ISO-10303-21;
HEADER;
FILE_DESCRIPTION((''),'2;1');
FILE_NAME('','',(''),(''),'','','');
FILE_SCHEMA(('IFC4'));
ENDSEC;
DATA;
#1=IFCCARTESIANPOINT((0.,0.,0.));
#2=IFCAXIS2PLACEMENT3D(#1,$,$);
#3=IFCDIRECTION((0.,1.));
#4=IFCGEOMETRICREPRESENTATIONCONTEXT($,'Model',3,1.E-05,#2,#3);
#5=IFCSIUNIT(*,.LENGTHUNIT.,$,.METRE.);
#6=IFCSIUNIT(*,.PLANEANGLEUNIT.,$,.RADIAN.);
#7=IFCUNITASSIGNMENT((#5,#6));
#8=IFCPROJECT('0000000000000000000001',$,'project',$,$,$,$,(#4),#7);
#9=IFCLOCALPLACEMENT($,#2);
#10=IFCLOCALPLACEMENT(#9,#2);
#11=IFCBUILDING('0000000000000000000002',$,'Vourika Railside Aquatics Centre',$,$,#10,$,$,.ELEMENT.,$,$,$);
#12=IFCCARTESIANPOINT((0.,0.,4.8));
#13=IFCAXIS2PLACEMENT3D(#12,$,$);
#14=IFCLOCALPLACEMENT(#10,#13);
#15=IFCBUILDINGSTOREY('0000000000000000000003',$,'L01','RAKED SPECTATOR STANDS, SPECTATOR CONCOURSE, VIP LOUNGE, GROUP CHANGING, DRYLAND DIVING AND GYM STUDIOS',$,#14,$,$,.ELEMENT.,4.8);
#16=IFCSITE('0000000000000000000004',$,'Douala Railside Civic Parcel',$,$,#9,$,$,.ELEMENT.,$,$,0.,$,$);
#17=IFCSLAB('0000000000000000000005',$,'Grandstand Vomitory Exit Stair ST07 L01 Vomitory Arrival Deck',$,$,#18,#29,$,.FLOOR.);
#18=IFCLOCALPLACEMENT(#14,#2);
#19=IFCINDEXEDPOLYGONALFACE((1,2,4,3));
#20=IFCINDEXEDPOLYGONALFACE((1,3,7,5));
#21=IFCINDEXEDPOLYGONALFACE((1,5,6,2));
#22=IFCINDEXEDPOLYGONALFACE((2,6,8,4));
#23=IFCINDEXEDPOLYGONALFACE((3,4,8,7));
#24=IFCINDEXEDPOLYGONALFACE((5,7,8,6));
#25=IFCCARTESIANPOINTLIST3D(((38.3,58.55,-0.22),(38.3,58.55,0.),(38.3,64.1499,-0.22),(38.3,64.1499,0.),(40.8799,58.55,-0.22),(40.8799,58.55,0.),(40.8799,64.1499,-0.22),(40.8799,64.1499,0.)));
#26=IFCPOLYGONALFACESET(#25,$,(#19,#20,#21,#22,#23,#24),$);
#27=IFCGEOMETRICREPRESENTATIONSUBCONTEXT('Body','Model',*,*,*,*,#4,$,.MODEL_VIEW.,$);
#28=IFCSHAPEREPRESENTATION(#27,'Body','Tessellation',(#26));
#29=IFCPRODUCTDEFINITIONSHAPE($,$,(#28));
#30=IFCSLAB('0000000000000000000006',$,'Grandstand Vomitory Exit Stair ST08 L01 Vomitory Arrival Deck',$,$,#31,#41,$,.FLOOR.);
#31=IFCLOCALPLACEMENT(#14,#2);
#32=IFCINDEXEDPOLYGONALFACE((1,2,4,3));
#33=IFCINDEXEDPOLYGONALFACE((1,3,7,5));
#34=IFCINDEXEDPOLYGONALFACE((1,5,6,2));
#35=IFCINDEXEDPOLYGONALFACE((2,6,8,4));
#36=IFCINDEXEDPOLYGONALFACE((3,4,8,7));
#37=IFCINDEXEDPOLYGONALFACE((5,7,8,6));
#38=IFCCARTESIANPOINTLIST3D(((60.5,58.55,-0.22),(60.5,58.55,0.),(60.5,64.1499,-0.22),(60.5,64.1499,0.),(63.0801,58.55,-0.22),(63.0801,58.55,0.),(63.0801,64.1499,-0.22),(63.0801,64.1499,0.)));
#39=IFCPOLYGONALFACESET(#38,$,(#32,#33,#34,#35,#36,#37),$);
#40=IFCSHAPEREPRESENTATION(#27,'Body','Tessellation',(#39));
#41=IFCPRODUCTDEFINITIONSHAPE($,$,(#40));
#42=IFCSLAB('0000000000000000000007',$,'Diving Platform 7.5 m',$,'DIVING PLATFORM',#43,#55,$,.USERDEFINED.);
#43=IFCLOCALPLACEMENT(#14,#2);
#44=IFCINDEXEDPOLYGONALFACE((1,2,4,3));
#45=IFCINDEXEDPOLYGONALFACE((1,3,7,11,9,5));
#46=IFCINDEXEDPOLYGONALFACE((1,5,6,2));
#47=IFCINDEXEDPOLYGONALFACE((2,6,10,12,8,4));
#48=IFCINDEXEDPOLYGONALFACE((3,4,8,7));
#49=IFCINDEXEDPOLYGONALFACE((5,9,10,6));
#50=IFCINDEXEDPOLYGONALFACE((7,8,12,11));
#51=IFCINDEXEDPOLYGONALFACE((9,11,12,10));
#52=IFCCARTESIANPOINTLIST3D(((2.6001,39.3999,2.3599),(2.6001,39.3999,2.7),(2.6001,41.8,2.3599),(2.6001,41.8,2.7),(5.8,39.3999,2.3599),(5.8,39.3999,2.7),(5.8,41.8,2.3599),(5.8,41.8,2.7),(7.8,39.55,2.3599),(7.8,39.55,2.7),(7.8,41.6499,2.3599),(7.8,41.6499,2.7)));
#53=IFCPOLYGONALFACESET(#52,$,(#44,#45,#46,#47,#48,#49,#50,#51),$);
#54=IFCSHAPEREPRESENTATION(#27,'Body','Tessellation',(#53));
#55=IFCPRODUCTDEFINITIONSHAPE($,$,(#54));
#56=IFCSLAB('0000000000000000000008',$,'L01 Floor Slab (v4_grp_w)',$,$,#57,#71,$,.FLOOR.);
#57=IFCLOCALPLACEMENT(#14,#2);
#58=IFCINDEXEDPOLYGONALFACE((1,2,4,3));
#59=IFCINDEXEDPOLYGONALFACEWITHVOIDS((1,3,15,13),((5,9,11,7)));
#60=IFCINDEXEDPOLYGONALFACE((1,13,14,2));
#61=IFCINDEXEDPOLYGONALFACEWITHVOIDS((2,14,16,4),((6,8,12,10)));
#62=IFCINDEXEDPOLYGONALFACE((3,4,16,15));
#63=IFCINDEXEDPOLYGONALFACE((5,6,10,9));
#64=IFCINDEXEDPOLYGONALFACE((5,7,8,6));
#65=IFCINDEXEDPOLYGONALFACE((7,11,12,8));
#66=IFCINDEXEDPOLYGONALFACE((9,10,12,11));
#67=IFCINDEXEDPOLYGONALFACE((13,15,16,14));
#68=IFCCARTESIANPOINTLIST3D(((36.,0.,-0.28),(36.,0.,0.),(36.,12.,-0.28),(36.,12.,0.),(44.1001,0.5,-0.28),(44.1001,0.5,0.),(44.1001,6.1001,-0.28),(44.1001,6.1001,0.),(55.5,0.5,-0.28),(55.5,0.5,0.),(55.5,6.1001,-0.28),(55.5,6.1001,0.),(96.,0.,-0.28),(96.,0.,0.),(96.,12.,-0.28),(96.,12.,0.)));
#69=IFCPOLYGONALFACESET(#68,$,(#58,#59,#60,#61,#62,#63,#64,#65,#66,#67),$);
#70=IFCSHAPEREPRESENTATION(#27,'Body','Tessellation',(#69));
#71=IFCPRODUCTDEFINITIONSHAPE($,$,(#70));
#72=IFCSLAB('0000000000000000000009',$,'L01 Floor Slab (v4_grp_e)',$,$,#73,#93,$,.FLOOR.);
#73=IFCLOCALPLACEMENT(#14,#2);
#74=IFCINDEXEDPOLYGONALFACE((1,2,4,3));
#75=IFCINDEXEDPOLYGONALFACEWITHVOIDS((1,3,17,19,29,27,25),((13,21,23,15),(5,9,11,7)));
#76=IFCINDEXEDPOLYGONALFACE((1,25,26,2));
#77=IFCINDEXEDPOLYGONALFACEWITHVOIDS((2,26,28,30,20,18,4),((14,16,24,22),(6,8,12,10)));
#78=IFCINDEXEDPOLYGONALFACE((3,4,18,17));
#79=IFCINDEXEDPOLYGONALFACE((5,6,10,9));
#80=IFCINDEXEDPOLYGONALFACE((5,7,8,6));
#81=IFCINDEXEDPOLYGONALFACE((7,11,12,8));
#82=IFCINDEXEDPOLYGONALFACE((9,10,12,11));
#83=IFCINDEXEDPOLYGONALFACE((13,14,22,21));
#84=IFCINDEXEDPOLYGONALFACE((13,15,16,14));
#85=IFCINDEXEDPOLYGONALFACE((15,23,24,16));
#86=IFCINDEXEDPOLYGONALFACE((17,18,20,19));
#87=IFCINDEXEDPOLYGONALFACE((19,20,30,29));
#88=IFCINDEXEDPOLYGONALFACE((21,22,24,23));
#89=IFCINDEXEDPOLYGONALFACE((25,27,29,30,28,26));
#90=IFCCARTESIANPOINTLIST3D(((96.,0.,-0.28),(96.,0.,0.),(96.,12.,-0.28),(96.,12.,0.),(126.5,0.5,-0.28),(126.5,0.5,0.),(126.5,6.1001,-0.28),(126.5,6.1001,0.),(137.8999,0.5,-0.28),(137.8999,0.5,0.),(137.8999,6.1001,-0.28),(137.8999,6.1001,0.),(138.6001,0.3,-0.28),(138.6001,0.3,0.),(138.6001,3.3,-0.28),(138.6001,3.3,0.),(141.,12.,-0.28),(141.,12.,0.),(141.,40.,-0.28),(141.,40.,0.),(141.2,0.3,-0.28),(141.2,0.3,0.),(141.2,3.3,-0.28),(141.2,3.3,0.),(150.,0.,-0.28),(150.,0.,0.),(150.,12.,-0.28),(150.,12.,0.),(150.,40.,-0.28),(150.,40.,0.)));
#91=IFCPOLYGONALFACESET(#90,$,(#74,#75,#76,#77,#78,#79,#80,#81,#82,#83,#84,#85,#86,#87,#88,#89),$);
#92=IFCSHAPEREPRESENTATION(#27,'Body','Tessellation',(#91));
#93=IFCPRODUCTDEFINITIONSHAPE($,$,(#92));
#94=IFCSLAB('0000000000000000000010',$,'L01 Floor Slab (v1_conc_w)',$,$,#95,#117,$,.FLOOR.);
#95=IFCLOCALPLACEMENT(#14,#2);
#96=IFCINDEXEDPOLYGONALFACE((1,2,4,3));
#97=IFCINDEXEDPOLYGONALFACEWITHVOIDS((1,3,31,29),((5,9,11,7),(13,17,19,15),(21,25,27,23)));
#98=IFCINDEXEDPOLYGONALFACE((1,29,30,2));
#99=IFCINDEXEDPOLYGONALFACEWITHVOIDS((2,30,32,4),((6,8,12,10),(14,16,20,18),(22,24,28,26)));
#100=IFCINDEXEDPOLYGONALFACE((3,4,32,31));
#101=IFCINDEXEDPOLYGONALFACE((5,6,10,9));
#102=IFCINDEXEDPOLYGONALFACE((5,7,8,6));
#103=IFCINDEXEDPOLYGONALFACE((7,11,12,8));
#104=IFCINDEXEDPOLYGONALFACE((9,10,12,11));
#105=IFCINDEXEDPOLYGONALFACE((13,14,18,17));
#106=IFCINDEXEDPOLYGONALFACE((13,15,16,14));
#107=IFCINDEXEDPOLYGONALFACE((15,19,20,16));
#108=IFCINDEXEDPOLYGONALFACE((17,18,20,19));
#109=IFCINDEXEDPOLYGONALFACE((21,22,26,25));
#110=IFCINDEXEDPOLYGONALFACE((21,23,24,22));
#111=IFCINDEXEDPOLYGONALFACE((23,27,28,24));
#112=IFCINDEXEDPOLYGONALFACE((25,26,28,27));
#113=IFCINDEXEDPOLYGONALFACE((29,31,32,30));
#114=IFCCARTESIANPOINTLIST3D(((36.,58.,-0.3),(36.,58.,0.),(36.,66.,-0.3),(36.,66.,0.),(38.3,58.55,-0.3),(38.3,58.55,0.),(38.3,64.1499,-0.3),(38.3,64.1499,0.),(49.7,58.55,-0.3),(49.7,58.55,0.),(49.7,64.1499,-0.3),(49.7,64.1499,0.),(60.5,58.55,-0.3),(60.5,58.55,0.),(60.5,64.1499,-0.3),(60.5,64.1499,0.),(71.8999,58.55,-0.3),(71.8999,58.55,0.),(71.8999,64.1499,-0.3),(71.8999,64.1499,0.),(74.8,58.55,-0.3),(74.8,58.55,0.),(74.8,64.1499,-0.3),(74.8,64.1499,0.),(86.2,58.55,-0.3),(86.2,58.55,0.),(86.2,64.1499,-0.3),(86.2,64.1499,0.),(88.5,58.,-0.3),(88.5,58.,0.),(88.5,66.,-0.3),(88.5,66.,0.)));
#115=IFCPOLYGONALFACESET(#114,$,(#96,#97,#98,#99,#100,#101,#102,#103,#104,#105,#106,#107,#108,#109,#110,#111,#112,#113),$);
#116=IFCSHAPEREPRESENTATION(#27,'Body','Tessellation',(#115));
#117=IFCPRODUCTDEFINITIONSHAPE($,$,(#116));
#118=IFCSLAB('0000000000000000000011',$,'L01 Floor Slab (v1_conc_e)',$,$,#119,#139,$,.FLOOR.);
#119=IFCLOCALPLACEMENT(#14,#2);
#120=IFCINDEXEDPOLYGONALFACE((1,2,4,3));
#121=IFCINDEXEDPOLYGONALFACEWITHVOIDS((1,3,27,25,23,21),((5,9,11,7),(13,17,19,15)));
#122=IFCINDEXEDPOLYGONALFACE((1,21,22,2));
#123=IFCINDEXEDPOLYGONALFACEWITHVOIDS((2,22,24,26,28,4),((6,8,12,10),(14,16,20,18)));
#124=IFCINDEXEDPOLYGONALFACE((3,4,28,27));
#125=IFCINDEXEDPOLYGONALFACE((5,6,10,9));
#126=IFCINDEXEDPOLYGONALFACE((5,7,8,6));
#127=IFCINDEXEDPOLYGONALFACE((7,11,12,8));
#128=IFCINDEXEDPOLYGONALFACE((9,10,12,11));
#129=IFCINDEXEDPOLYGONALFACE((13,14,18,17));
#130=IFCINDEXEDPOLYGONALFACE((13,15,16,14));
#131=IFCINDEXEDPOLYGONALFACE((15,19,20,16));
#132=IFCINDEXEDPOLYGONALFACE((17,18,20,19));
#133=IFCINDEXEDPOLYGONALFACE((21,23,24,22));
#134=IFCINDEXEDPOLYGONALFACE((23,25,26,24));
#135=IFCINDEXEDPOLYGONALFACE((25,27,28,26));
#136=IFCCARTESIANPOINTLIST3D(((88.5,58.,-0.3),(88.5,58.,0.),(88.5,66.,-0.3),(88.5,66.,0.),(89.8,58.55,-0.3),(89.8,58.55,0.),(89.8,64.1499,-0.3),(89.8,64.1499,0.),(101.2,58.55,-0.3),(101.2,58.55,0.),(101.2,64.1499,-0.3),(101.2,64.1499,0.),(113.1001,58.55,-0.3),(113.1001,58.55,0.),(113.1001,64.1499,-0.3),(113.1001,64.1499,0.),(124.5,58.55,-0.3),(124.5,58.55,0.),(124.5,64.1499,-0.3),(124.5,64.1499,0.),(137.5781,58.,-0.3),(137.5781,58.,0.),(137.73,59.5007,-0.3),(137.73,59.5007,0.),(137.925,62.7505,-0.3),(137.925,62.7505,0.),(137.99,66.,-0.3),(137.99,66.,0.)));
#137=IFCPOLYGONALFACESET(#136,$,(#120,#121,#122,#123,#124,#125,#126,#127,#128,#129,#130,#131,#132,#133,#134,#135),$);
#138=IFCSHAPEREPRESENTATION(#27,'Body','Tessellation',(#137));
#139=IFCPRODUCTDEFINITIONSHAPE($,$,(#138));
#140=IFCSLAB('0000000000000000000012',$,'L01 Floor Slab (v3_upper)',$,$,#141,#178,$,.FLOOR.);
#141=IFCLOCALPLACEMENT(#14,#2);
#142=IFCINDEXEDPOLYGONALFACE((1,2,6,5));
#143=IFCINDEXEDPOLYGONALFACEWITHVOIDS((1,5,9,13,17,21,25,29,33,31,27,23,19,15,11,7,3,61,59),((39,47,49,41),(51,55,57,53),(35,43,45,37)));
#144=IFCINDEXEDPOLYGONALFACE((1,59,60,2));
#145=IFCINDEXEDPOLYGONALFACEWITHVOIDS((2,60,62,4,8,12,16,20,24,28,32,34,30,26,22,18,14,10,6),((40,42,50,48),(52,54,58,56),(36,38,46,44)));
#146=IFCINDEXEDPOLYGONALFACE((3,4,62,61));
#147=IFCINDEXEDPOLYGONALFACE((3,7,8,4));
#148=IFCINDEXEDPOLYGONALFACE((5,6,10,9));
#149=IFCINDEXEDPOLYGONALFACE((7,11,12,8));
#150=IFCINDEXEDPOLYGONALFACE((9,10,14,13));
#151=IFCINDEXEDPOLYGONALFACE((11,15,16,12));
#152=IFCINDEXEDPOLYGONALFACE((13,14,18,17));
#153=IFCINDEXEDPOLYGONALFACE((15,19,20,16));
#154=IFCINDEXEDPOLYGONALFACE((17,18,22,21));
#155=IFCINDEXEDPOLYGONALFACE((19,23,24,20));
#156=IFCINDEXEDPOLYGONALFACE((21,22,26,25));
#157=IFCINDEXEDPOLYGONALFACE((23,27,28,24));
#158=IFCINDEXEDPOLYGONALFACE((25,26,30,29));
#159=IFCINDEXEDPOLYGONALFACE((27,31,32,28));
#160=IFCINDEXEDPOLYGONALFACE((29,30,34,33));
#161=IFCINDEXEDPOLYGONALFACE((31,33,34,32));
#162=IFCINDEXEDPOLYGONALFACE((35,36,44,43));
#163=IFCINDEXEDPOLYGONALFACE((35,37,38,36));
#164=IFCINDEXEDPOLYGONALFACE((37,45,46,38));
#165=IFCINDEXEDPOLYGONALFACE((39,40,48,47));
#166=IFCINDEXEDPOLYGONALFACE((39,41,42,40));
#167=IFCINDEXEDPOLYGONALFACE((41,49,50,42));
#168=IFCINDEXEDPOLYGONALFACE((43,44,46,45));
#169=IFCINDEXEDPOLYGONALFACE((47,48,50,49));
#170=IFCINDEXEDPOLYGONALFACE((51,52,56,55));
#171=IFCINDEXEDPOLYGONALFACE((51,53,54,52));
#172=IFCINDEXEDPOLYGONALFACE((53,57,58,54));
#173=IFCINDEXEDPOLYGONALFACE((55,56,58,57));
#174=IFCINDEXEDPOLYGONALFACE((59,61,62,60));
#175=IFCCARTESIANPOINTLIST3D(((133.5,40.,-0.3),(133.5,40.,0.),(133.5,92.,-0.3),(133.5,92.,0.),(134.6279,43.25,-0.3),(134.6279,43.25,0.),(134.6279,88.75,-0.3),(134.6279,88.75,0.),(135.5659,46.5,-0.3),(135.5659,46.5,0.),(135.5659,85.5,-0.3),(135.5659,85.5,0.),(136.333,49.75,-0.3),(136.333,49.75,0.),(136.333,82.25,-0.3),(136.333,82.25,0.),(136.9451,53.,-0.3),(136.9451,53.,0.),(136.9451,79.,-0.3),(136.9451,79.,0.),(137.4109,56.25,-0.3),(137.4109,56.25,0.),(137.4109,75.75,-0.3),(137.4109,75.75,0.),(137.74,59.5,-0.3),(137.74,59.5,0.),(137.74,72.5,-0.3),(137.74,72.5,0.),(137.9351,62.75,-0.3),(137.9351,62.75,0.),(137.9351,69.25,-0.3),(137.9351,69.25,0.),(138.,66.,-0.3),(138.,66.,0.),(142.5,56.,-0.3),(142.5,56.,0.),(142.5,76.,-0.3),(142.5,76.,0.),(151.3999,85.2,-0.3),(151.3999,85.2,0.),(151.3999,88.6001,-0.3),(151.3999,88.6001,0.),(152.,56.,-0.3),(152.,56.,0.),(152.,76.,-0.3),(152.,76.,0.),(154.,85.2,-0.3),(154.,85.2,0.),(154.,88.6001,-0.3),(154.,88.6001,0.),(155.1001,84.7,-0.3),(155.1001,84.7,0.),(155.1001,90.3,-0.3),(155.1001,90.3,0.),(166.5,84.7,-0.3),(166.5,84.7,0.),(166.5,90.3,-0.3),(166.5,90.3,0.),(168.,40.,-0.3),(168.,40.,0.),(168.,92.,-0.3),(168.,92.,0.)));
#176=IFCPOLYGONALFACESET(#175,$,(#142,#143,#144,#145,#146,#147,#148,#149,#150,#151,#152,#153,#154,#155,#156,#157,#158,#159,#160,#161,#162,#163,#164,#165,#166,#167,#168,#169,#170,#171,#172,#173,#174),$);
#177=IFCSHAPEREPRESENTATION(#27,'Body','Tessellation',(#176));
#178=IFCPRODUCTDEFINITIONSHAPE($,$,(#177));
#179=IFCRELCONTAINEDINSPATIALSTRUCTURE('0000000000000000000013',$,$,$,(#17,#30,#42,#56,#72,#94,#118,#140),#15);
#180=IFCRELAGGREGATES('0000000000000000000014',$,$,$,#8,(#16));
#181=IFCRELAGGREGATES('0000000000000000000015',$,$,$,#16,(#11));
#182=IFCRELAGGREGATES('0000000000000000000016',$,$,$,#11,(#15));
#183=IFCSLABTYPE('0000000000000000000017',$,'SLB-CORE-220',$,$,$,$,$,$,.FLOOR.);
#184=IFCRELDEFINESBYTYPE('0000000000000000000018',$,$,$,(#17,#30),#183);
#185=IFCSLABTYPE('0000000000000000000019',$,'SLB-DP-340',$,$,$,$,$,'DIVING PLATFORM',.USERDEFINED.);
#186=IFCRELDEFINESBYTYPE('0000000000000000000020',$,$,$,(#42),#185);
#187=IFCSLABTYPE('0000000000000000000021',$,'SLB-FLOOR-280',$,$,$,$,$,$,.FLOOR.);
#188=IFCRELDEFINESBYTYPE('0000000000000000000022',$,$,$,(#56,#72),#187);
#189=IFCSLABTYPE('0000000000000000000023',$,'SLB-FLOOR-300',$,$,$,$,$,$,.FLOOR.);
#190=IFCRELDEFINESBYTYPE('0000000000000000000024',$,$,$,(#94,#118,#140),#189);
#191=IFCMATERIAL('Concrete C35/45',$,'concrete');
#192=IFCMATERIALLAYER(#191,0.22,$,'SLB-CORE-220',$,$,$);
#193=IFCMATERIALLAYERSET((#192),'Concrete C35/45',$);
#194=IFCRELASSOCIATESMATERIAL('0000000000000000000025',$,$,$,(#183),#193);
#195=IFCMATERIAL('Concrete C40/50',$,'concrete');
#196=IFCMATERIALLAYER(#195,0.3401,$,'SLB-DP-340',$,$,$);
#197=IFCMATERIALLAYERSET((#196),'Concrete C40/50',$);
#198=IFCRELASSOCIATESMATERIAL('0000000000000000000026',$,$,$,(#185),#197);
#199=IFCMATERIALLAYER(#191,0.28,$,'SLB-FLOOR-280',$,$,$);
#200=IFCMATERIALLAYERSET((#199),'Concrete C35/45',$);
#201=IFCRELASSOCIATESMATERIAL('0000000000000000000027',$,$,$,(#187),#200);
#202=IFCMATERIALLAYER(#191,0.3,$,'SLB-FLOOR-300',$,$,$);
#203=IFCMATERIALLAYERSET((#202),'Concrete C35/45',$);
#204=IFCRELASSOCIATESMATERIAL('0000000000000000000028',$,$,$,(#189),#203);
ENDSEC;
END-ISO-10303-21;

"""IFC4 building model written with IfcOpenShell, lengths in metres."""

from ifc_helpers import new_model, si_unit, direction, frame, origin, place, context, subcontext, project, spatial, polyline, outline, extrude, material, layer, layer_set, type_object, element, save


model = new_model("IFC4")

# Units and contexts
model_context = context("Model", 3, precision=1e-05, world=origin(), true_north=direction((0.0, 1.0)))
body_context = subcontext(model_context, "Body", "Model", "MODEL_VIEW")
ifc_project = project(units=[si_unit("LENGTHUNIT", "METRE"), si_unit("PLANEANGLEUNIT", "RADIAN")], contexts=[model_context])

# Site, building, storey
site_placement = place(None, origin())
site = spatial("IfcSite", under=ifc_project, at=site_placement, Name="Douala Railside Civic Parcel", CompositionType="ELEMENT", RefElevation=0.0)
building_placement = place(site_placement, origin())
building = spatial("IfcBuilding", under=site, at=building_placement, Name="Vourika Railside Aquatics Centre", CompositionType="ELEMENT")
storey_placement = place(building_placement, frame((0.0, 0.0, 4.8)))
storey = spatial("IfcBuildingStorey", under=building, at=storey_placement, Name="L01", Description="RAKED SPECTATOR STANDS, SPECTATOR CONCOURSE, VIP LOUNGE, GROUP CHANGING, DRYLAND DIVING AND GYM STUDIOS", CompositionType="ELEMENT", Elevation=4.8)

# Slabs
ifc_material_1 = material(Name="Concrete C35/45", Category="concrete")
ifc_layer_1 = layer(ifc_material_1, 0.22, Name="SLB-CORE-220")
ifc_layer_set_1 = layer_set([ifc_layer_1], Name="Concrete C35/45")
slab_type_1 = type_object("IfcSlabType", Name="SLB-CORE-220", PredefinedType="FLOOR", material=ifc_layer_set_1)
slab_1_placement = place(storey_placement, frame((0.0, 0.0, -0.22)))
element("IfcSlab", 1, at=slab_1_placement, inside=storey, type_object=slab_type_1, Name="Grandstand Vomitory Exit Stair ST07 L01 Vomitory Arrival Deck", PredefinedType="FLOOR", context=body_context, shape_type="SweptSolid", body=[
    extrude(outline(polyline([(38.3, 58.55), (40.8799, 58.55), (40.8799, 64.1499), (38.3, 64.1499), (38.3, 58.55)])), origin(), (0.0, 0.0, 1.0), 0.22),
])
slab_2_placement = place(storey_placement, frame((0.0, 0.0, -0.22)))
element("IfcSlab", 2, at=slab_2_placement, inside=storey, type_object=slab_type_1, Name="Grandstand Vomitory Exit Stair ST08 L01 Vomitory Arrival Deck", PredefinedType="FLOOR", context=body_context, shape_type="SweptSolid", body=[
    extrude(outline(polyline([(60.5, 58.55), (63.0801, 58.55), (63.0801, 64.1499), (60.5, 64.1499), (60.5, 58.55)])), origin(), (0.0, 0.0, 1.0), 0.22),
])
ifc_material_2 = material(Name="Concrete C40/50", Category="concrete")
ifc_layer_2 = layer(ifc_material_2, 0.3401, Name="SLB-DP-340")
ifc_layer_set_2 = layer_set([ifc_layer_2], Name="Concrete C40/50")
slab_type_2 = type_object("IfcSlabType", Name="SLB-DP-340", ElementType="DIVING PLATFORM", PredefinedType="USERDEFINED", material=ifc_layer_set_2)
slab_3_placement = place(storey_placement, frame((0.0, 0.0, 2.3599)))
element("IfcSlab", 3, at=slab_3_placement, inside=storey, type_object=slab_type_2, Name="Diving Platform 7.5 m", ObjectType="DIVING PLATFORM", PredefinedType="USERDEFINED", context=body_context, shape_type="SweptSolid", body=[
    extrude(outline(polyline([(2.6001, 39.3999), (5.8, 39.3999), (7.8, 39.55), (7.8, 41.6499), (5.8, 41.8), (2.6001, 41.8), (2.6001, 39.3999)])), origin(), (0.0, 0.0, 1.0), 0.3401),
])
ifc_layer_3 = layer(ifc_material_1, 0.28, Name="SLB-FLOOR-280")
ifc_layer_set_3 = layer_set([ifc_layer_3], Name="Concrete C35/45")
slab_type_3 = type_object("IfcSlabType", Name="SLB-FLOOR-280", PredefinedType="FLOOR", material=ifc_layer_set_3)
slab_4_placement = place(storey_placement, frame((0.0, 0.0, -0.28)))
element("IfcSlab", 4, at=slab_4_placement, inside=storey, type_object=slab_type_3, Name="L01 Floor Slab (v4_grp_w)", PredefinedType="FLOOR", context=body_context, shape_type="SweptSolid", body=[
    extrude(outline(polyline([(36.0, 0.0), (36.0, 12.0), (96.0, 12.0), (96.0, 0.0), (36.0, 0.0)]), holes=[polyline([(55.5, 6.1001), (44.1001, 6.1001), (44.1001, 0.5), (55.5, 0.5), (55.5, 6.1001)])]), origin(), (0.0, 0.0, 1.0), 0.28),
])
slab_5_placement = place(storey_placement, frame((0.0, 0.0, -0.28)))
element("IfcSlab", 5, at=slab_5_placement, inside=storey, type_object=slab_type_3, Name="L01 Floor Slab (v4_grp_e)", PredefinedType="FLOOR", context=body_context, shape_type="SweptSolid", body=[
    extrude(outline(polyline([(96.0, 0.0), (96.0, 12.0), (141.0, 12.0), (141.0, 40.0), (150.0, 40.0), (150.0, 12.0), (150.0, 0.0), (96.0, 0.0)]), holes=[polyline([(141.2, 3.3), (138.6001, 3.3), (138.6001, 0.3), (141.2, 0.3), (141.2, 3.3)]), polyline([(137.8999, 6.1001), (126.5, 6.1001), (126.5, 0.5), (137.8999, 0.5), (137.8999, 6.1001)])]), origin(), (0.0, 0.0, 1.0), 0.28),
])
ifc_layer_4 = layer(ifc_material_1, 0.3, Name="SLB-FLOOR-300")
ifc_layer_set_4 = layer_set([ifc_layer_4], Name="Concrete C35/45")
slab_type_4 = type_object("IfcSlabType", Name="SLB-FLOOR-300", PredefinedType="FLOOR", material=ifc_layer_set_4)
slab_6_placement = place(storey_placement, frame((0.0, 0.0, -0.3)))
element("IfcSlab", 6, at=slab_6_placement, inside=storey, type_object=slab_type_4, Name="L01 Floor Slab (v1_conc_w)", PredefinedType="FLOOR", context=body_context, shape_type="SweptSolid", body=[
    extrude(outline(polyline([(36.0, 58.0), (36.0, 66.0), (88.5, 66.0), (88.5, 58.0), (36.0, 58.0)]), holes=[polyline([(49.7, 64.1499), (38.3, 64.1499), (38.3, 58.55), (49.7, 58.55), (49.7, 64.1499)]), polyline([(71.8999, 64.1499), (60.5, 64.1499), (60.5, 58.55), (71.8999, 58.55), (71.8999, 64.1499)]), polyline([(86.2, 64.1499), (74.8, 64.1499), (74.8, 58.55), (86.2, 58.55), (86.2, 64.1499)])]), origin(), (0.0, 0.0, 1.0), 0.3),
])
slab_7_placement = place(storey_placement, frame((0.0, 0.0, -0.3)))
element("IfcSlab", 7, at=slab_7_placement, inside=storey, type_object=slab_type_4, Name="L01 Floor Slab (v1_conc_e)", PredefinedType="FLOOR", context=body_context, shape_type="SweptSolid", body=[
    extrude(outline(polyline([(88.5, 66.0), (137.99, 66.0), (137.925, 62.7505), (137.73, 59.5007), (137.5781, 58.0), (88.5, 58.0), (88.5, 66.0)]), holes=[polyline([(101.2, 64.1499), (89.8, 64.1499), (89.8, 58.55), (101.2, 58.55), (101.2, 64.1499)]), polyline([(124.5, 64.1499), (113.1001, 64.1499), (113.1001, 58.55), (124.5, 58.55), (124.5, 64.1499)])]), origin(), (0.0, 0.0, 1.0), 0.3),
])
slab_8_placement = place(storey_placement, frame((0.0, 0.0, -0.3)))
element("IfcSlab", 8, at=slab_8_placement, inside=storey, type_object=slab_type_4, Name="L01 Floor Slab (v3_upper)", PredefinedType="FLOOR", context=body_context, shape_type="SweptSolid", body=[
    extrude(outline(polyline([(135.5659, 46.5), (136.333, 49.75), (136.9451, 53.0), (137.4109, 56.25), (137.74, 59.5), (137.9351, 62.75), (138.0, 66.0), (137.9351, 69.25), (137.74, 72.5), (137.4109, 75.75), (136.9451, 79.0), (136.333, 82.25), (135.5659, 85.5), (134.6279, 88.75), (133.5, 92.0), (168.0, 92.0), (168.0, 40.0), (133.5, 40.0), (134.6279, 43.25), (135.5659, 46.5)]), holes=[polyline([(142.5, 76.0), (142.5, 56.0), (152.0, 56.0), (152.0, 76.0), (142.5, 76.0)]), polyline([(154.0, 88.6001), (151.3999, 88.6001), (151.3999, 85.2), (154.0, 85.2), (154.0, 88.6001)]), polyline([(166.5, 84.7), (166.5, 90.3), (155.1001, 90.3), (155.1001, 84.7), (166.5, 84.7)])]), origin(), (0.0, 0.0, 1.0), 0.3),
])

save(model, "model.ifc")
